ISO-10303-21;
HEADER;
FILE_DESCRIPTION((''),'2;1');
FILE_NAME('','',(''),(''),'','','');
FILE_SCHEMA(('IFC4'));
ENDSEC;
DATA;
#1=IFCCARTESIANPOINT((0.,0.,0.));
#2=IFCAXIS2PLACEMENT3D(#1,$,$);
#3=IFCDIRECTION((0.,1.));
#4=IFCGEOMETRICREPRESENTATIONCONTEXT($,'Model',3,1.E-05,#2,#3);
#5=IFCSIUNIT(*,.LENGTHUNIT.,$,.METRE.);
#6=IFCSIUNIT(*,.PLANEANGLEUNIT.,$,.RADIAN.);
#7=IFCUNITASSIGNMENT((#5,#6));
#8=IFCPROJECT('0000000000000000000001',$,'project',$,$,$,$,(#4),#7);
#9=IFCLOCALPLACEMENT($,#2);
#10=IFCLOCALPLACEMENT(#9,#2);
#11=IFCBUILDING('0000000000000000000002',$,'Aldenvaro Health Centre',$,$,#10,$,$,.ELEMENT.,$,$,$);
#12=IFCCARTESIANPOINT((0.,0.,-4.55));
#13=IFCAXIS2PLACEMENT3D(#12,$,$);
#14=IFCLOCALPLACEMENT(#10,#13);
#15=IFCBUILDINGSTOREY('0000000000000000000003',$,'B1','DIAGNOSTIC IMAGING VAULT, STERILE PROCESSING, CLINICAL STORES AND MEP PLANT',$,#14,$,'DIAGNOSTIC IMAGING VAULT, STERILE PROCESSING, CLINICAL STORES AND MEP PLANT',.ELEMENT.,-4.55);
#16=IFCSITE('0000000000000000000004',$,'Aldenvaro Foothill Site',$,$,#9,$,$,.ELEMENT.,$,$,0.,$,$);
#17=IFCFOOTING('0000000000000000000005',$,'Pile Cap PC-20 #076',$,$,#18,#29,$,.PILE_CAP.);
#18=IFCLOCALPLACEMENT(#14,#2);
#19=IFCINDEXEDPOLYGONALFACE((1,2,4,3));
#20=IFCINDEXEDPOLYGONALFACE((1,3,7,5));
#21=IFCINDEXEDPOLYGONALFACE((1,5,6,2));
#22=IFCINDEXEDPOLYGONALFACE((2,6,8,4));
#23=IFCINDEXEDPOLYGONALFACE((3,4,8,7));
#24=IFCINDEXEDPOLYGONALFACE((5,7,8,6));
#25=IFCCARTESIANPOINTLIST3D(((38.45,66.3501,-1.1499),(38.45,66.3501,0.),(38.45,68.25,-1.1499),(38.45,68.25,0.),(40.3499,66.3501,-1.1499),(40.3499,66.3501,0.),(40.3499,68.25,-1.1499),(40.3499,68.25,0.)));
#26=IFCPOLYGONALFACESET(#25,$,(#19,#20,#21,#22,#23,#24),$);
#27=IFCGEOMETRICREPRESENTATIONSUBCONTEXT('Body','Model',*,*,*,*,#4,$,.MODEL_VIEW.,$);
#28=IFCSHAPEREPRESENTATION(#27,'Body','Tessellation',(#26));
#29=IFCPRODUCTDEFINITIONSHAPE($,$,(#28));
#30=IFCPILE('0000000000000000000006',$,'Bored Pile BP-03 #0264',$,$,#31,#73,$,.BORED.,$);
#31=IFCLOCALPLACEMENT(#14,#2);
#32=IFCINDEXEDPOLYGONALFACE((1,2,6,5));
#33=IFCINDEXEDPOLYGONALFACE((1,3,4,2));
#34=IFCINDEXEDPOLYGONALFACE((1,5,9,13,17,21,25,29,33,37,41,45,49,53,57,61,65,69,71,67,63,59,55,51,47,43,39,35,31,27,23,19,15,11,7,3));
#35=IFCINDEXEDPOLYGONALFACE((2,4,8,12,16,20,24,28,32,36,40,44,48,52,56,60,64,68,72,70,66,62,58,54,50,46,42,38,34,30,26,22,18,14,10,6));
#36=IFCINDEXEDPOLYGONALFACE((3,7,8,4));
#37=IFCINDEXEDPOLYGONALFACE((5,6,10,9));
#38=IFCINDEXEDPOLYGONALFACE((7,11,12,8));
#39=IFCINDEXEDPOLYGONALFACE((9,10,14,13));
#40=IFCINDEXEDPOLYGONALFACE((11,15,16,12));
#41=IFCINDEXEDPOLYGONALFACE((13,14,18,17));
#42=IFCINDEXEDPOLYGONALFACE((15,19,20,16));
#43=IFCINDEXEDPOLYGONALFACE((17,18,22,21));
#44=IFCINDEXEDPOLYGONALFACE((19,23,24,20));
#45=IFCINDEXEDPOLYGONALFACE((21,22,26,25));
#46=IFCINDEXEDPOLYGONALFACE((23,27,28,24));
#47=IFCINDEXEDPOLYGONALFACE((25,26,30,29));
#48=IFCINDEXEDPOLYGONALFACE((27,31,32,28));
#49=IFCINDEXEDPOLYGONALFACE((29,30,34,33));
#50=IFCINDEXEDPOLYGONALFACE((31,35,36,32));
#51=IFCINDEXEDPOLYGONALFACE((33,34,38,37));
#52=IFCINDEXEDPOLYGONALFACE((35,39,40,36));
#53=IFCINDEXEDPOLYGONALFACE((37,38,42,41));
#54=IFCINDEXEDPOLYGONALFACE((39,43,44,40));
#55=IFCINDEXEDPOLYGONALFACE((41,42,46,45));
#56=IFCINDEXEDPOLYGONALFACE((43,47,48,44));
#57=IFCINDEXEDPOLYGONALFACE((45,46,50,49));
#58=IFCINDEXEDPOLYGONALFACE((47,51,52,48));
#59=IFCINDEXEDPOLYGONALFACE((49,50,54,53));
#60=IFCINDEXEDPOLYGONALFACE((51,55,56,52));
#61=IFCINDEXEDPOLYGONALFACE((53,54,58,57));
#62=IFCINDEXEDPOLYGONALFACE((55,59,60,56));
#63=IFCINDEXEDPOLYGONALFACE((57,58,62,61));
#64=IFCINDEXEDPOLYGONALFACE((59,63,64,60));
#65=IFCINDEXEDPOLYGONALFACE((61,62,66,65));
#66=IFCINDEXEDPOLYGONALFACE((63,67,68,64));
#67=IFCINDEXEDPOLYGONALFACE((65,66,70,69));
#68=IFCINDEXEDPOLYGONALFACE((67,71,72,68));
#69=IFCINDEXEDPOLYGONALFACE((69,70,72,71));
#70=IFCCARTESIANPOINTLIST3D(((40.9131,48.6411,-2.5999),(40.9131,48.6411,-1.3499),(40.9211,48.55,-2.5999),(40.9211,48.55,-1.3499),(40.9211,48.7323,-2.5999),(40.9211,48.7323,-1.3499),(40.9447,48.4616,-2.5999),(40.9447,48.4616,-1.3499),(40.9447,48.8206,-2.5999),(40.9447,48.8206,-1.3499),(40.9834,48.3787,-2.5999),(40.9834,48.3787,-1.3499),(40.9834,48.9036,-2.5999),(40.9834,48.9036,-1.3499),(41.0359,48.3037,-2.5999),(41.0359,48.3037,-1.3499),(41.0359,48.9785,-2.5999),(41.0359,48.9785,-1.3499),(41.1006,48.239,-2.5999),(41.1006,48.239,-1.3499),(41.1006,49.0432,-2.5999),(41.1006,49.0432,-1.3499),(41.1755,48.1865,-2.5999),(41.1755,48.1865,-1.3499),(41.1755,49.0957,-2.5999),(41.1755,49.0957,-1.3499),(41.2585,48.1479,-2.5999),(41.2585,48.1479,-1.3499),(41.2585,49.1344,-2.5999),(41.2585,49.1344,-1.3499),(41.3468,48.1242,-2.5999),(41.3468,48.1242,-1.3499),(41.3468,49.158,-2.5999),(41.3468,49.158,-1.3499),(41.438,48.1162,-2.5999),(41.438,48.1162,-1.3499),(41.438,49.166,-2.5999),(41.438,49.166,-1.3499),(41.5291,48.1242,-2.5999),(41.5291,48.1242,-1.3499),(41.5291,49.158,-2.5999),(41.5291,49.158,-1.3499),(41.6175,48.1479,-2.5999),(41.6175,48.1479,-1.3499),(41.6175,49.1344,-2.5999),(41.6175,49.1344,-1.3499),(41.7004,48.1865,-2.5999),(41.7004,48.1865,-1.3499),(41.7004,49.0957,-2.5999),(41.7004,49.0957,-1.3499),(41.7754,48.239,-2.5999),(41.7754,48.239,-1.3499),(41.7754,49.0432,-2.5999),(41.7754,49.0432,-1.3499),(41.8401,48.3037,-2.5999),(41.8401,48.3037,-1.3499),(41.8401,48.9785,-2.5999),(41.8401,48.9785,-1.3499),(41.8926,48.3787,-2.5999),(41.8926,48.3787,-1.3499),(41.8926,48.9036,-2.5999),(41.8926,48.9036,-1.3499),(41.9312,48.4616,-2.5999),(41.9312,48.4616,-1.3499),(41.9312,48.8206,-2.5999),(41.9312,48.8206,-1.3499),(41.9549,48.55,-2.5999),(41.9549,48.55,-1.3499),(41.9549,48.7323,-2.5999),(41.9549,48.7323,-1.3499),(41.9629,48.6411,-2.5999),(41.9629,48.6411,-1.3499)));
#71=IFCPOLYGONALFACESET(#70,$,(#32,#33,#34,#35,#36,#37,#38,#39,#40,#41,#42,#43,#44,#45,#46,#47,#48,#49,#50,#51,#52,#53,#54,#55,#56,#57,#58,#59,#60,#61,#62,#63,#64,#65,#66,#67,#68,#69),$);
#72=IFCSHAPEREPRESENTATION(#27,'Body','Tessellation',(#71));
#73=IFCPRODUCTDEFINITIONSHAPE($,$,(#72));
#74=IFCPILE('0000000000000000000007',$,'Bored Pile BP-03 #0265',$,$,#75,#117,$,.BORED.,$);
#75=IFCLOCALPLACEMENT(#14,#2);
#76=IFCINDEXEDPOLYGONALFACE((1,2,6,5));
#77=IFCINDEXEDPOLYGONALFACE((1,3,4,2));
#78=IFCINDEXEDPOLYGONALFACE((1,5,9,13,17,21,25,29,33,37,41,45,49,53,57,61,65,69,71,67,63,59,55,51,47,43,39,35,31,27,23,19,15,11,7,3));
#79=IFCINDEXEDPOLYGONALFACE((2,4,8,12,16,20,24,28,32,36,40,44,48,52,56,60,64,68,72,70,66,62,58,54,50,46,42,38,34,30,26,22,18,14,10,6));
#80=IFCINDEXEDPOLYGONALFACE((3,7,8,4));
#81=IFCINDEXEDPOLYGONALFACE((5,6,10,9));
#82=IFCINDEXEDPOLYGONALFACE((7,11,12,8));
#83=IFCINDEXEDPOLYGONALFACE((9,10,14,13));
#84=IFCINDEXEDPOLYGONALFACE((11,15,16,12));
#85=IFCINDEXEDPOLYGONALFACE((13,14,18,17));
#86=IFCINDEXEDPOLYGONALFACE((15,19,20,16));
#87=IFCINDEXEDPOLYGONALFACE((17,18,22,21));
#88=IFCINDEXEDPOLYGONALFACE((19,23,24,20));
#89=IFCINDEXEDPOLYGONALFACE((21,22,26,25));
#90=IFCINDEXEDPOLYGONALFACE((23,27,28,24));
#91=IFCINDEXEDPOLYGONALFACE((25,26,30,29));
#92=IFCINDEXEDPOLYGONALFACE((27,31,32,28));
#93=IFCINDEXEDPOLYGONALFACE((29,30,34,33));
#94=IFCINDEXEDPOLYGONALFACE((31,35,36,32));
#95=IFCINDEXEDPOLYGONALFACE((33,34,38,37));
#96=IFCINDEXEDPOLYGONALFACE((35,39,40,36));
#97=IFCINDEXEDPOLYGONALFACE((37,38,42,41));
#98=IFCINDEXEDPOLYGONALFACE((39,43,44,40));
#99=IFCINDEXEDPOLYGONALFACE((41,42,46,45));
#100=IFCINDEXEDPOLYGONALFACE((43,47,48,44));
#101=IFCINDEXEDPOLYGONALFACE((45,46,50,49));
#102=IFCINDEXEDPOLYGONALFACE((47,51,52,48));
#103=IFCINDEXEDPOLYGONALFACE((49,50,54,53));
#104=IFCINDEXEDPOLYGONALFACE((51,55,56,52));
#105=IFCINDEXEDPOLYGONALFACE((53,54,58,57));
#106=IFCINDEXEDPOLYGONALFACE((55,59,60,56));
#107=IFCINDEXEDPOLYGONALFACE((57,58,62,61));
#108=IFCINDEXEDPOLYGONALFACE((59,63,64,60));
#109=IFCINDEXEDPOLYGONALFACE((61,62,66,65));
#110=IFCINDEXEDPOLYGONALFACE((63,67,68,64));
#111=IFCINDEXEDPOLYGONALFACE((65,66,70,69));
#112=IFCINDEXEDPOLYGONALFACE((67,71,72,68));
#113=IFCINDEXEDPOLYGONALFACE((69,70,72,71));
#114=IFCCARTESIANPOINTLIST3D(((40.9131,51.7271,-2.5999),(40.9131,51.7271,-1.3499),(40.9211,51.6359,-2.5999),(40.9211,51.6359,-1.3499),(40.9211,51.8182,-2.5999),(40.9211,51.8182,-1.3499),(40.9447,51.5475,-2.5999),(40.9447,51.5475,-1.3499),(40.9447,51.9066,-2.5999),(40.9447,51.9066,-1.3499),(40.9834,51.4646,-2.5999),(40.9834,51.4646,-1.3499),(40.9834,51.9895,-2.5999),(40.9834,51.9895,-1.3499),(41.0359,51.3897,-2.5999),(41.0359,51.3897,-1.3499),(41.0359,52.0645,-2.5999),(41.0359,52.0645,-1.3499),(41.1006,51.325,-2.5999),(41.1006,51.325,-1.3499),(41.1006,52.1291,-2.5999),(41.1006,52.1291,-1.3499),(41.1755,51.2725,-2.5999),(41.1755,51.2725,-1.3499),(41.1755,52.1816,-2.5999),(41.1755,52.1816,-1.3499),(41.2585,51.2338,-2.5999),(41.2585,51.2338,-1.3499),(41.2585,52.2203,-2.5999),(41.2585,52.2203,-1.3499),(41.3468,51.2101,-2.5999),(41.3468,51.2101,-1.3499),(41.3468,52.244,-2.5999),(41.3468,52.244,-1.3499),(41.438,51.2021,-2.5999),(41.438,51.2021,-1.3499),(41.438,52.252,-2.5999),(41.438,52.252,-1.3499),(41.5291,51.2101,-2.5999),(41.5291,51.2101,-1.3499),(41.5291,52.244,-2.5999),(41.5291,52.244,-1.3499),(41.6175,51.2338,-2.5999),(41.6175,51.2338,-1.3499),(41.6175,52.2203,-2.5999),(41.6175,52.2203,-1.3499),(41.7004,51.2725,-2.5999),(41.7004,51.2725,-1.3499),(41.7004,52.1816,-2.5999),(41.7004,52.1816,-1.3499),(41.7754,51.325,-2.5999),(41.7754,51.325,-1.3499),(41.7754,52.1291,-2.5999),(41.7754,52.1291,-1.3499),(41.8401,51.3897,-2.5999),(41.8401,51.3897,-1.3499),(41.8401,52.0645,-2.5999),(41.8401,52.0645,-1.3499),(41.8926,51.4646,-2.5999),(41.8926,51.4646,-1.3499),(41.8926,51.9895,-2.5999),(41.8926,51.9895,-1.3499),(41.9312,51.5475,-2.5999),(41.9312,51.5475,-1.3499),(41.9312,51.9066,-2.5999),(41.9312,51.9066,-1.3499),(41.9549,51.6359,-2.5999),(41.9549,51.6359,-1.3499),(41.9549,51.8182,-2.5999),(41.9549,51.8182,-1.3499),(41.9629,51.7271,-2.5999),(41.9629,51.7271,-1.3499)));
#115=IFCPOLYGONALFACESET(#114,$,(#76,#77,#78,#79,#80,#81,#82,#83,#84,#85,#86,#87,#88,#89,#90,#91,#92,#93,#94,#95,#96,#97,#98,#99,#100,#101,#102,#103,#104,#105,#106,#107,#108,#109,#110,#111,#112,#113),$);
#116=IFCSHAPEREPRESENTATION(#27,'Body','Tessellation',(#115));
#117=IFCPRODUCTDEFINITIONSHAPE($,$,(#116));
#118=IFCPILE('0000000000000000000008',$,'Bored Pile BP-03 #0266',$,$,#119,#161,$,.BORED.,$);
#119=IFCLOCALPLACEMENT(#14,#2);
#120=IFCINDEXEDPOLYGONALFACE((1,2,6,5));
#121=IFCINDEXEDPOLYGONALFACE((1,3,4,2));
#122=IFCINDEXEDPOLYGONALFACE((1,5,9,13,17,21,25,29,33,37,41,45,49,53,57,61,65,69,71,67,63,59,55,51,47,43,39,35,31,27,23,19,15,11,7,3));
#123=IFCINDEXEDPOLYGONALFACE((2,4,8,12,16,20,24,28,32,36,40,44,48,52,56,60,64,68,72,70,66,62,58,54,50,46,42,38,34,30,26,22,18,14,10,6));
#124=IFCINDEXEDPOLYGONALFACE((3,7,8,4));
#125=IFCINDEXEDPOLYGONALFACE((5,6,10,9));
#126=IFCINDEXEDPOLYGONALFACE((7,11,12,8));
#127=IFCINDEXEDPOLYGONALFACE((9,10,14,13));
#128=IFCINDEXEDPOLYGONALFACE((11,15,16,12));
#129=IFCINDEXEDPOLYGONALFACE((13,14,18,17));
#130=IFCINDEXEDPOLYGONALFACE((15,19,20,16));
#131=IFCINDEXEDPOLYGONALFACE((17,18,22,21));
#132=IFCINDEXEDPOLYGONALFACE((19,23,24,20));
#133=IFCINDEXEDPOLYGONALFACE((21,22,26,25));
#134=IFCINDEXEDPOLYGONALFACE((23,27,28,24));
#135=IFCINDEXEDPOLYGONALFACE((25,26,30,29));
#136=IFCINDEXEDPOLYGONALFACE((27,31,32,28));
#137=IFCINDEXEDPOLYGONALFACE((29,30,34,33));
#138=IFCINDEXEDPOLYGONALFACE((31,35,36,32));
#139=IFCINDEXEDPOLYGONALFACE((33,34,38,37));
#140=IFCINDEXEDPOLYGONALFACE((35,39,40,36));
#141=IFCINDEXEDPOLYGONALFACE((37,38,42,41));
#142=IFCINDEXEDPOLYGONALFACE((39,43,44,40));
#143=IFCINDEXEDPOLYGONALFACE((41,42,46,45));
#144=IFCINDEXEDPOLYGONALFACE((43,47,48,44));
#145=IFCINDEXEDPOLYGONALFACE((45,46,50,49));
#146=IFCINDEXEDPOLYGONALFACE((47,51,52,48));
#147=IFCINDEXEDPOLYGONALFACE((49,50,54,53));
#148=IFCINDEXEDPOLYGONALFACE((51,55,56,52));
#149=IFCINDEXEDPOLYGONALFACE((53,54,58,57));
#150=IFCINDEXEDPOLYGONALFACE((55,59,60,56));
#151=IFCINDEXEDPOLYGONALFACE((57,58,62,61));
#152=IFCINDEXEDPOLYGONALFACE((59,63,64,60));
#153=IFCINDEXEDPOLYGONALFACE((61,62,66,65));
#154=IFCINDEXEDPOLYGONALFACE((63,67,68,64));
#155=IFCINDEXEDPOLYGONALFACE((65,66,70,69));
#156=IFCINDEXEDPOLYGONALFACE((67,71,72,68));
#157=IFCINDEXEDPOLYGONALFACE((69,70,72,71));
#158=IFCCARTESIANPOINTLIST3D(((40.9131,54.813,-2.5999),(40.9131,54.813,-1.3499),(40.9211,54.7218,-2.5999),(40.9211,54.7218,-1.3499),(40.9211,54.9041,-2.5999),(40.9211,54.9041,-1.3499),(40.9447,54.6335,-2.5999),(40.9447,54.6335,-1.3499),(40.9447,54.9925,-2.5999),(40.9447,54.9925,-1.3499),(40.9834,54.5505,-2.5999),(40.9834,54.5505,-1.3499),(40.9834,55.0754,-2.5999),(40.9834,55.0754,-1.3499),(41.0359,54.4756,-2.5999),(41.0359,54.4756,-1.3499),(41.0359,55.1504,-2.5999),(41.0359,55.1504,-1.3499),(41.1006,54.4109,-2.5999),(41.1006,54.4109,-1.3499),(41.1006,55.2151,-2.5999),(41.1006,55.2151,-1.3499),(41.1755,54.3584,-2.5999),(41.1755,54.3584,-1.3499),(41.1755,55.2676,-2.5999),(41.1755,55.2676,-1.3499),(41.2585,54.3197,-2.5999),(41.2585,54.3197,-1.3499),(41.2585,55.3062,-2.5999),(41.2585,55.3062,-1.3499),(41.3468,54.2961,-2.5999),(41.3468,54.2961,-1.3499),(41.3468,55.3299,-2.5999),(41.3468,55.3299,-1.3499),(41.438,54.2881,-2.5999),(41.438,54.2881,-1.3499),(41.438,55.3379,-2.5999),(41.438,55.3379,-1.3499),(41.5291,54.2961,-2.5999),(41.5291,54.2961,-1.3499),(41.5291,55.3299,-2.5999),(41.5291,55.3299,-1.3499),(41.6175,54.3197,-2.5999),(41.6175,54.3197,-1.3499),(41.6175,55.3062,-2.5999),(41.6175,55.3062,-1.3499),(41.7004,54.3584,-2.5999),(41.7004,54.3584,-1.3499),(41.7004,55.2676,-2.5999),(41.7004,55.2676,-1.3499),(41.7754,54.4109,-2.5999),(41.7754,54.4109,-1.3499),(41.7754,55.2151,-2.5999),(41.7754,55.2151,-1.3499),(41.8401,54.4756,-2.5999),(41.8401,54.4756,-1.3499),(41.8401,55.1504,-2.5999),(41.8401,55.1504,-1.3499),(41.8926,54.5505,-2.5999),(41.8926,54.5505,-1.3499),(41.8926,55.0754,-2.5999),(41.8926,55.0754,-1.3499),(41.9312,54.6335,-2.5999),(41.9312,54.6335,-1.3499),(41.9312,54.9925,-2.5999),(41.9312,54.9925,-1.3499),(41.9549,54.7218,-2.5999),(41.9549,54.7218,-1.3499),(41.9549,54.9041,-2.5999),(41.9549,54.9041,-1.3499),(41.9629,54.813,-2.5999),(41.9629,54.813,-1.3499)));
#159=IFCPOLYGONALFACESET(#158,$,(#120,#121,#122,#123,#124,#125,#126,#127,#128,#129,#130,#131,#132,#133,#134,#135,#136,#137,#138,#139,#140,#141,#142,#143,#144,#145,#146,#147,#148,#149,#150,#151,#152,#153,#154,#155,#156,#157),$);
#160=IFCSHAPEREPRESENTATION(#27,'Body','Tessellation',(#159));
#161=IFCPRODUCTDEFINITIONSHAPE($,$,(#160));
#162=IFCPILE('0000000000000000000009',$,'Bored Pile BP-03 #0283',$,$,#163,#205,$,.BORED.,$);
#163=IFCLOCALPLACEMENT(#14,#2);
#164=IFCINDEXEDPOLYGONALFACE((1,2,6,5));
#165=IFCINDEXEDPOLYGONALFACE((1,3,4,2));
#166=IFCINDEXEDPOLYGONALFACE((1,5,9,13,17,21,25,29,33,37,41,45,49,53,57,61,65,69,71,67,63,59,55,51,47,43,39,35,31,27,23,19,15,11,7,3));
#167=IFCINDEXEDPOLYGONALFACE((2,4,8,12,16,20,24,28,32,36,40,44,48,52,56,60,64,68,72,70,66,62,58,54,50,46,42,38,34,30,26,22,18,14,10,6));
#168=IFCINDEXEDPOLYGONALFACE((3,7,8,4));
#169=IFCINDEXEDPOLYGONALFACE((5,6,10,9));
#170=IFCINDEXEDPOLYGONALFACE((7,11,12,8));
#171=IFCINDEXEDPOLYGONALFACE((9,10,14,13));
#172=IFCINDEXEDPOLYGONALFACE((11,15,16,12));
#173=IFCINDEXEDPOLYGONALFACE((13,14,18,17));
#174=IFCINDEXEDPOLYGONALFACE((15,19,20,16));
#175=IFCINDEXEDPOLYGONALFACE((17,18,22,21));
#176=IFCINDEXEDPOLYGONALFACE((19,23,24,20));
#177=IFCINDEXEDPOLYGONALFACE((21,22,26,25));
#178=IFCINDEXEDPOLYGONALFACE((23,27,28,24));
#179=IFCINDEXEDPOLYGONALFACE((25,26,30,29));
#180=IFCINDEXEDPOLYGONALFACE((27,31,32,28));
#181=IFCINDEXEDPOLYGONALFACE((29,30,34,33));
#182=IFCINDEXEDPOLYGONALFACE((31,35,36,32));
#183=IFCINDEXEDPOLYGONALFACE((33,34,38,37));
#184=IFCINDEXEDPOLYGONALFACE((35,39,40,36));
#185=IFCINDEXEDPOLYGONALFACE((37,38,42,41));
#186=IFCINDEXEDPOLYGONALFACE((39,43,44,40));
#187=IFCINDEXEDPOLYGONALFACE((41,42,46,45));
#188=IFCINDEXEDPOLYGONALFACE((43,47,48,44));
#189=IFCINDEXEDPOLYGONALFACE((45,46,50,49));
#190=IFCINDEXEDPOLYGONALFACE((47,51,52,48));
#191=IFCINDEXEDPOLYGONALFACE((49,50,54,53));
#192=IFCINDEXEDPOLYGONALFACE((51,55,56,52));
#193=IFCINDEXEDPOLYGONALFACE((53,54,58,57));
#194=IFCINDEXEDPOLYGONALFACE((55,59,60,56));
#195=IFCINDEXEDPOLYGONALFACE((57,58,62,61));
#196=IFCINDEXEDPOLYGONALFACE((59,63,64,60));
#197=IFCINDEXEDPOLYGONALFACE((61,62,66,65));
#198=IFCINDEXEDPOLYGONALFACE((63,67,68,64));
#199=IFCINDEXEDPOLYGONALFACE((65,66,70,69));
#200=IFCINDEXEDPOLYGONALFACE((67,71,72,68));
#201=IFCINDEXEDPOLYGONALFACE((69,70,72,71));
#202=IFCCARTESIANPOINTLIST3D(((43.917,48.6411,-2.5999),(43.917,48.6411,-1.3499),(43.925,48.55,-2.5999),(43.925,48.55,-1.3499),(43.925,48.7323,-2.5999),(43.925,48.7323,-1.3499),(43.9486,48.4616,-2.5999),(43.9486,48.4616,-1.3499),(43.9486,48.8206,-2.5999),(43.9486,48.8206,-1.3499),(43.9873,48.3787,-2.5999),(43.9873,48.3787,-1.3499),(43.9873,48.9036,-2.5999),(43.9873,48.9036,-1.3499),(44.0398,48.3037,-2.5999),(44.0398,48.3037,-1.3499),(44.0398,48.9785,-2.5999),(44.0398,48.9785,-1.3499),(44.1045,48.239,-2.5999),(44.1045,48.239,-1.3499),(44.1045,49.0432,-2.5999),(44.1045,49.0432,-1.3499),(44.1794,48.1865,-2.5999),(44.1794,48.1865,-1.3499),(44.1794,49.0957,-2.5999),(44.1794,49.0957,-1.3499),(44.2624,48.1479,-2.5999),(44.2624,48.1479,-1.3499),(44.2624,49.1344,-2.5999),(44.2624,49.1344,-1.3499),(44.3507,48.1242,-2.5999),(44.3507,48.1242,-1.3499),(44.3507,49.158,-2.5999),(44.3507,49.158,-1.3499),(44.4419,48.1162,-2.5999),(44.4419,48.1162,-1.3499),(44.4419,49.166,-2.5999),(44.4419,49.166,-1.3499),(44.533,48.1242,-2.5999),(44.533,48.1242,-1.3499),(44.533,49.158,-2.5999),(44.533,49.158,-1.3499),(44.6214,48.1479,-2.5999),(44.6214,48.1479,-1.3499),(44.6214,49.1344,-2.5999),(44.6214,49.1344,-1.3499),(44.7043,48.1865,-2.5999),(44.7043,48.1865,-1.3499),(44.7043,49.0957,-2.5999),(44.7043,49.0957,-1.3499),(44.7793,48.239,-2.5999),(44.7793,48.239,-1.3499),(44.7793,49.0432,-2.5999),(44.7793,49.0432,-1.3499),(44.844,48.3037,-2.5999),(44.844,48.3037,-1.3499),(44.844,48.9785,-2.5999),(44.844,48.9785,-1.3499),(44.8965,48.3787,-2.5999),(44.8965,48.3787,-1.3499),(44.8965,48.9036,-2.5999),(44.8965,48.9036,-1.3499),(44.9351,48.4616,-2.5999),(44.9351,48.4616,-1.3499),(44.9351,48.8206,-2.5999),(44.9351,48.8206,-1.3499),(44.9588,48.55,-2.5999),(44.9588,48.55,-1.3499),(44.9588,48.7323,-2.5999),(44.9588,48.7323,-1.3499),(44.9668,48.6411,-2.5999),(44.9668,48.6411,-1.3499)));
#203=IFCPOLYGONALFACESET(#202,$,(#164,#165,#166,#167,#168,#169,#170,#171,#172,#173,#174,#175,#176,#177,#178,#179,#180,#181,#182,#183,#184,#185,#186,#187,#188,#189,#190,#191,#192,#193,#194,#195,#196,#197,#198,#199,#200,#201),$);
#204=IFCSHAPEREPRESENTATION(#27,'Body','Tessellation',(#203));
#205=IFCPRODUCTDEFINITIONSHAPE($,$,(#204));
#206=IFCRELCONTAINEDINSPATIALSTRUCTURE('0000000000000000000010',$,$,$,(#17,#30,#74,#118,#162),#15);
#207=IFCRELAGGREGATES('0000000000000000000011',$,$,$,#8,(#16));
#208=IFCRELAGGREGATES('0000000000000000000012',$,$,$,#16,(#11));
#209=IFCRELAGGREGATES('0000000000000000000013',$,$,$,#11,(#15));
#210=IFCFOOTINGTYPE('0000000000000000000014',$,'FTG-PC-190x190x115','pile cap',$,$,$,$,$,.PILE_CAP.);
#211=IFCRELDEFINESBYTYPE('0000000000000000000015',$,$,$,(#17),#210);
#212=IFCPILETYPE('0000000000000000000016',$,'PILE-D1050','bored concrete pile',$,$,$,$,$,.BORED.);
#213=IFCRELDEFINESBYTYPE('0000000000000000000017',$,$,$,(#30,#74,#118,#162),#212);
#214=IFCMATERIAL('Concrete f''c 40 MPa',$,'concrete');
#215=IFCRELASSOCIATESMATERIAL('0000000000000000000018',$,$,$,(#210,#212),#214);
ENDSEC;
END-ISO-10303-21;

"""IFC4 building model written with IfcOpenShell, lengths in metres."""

from ifc_helpers import new_model, si_unit, direction, frame, origin, origin_2d, place, context, subcontext, project, spatial, rectangle, circle, extrude, material, material_profile, profile_set, type_object, element, save


model = new_model("IFC4")

# Units and contexts
model_context = context("Model", 3, precision=1e-05, world=origin(), true_north=direction((0.0, 1.0)))
body_context = subcontext(model_context, "Body", "Model", "MODEL_VIEW")
ifc_project = project(units=[si_unit("LENGTHUNIT", "METRE"), si_unit("PLANEANGLEUNIT", "RADIAN")], contexts=[model_context])

# Site, building, storey
site_placement = place(None, origin())
site = spatial("IfcSite", under=ifc_project, at=site_placement, Name="Aldenvaro Foothill Site", CompositionType="ELEMENT", RefElevation=0.0)
building_placement = place(site_placement, origin())
building = spatial("IfcBuilding", under=site, at=building_placement, Name="Aldenvaro Health Centre", CompositionType="ELEMENT")
storey_placement = place(building_placement, frame((0.0, 0.0, -4.55)))
storey = spatial("IfcBuildingStorey", under=building, at=storey_placement, Name="B1", Description="DIAGNOSTIC IMAGING VAULT, STERILE PROCESSING, CLINICAL STORES AND MEP PLANT", LongName="DIAGNOSTIC IMAGING VAULT, STERILE PROCESSING, CLINICAL STORES AND MEP PLANT", CompositionType="ELEMENT", Elevation=-4.55)

# Footing
ifc_material = material(Name="Concrete f'c 40 MPa", Category="concrete")
footing_type = type_object("IfcFootingType", Name="FTG-PC-190x190x115", Description="pile cap", PredefinedType="PILE_CAP", material=ifc_material)
footing_placement = place(storey_placement, frame((39.3999, 67.3, -1.1499), z_axis=(0.0, 0.0, 1.0), x_axis=(1.0, 0.0, 0.0)))
element("IfcFooting", 1, at=footing_placement, inside=storey, type_object=footing_type, Name="Pile Cap PC-20 #076", PredefinedType="PILE_CAP", context=body_context, shape_type="SweptSolid", body=[
    extrude(rectangle(XDim=1.8999, YDim=1.8999, at=origin_2d()), origin(), (0.0, 0.0, 1.0), 1.1499),
])

# Piles
ifc_material_profile_1 = material_profile(ifc_material, circle(Radius=0.5249, at=origin_2d()), Name="PILE D1050", Category="concrete")
ifc_profile_set_1 = profile_set([ifc_material_profile_1], Name="Concrete f'c 40 MPa")
pile_type_1 = type_object("IfcPileType", Name="PILE-D1050", Description="bored concrete pile", PredefinedType="BORED", material=ifc_profile_set_1)
for number, where, z_axis, x_axis, name in (
    (2, (41.438, 48.6411, -1.3499), (0.0, 0.0, -1.0), (1.0, 0.0, 0.0), "Bored Pile BP-03 #0264"),
    (3, (41.438, 51.7271, -1.3499), (0.0, 0.0, -1.0), (1.0, 0.0, 0.0), "Bored Pile BP-03 #0265"),
    (4, (41.438, 54.813, -1.3499), (0.0, 0.0, -1.0), (1.0, 0.0, 0.0), "Bored Pile BP-03 #0266"),
    (5, (44.4419, 48.6411, -1.3499), (0.0, 0.0, -1.0), (1.0, 0.0, 0.0), "Bored Pile BP-03 #0283"),
):
    element("IfcPile", number, at=place(storey_placement, frame(where, z_axis=z_axis, x_axis=x_axis)), inside=storey, type_object=pile_type_1, Name=name, PredefinedType="BORED", context=body_context, shape_type="SweptSolid", body=[
        extrude(circle(Radius=0.5249, at=origin_2d()), origin(), (0.0, 0.0, 1.0), 1.25),
    ])

save(model, "model.ifc")
